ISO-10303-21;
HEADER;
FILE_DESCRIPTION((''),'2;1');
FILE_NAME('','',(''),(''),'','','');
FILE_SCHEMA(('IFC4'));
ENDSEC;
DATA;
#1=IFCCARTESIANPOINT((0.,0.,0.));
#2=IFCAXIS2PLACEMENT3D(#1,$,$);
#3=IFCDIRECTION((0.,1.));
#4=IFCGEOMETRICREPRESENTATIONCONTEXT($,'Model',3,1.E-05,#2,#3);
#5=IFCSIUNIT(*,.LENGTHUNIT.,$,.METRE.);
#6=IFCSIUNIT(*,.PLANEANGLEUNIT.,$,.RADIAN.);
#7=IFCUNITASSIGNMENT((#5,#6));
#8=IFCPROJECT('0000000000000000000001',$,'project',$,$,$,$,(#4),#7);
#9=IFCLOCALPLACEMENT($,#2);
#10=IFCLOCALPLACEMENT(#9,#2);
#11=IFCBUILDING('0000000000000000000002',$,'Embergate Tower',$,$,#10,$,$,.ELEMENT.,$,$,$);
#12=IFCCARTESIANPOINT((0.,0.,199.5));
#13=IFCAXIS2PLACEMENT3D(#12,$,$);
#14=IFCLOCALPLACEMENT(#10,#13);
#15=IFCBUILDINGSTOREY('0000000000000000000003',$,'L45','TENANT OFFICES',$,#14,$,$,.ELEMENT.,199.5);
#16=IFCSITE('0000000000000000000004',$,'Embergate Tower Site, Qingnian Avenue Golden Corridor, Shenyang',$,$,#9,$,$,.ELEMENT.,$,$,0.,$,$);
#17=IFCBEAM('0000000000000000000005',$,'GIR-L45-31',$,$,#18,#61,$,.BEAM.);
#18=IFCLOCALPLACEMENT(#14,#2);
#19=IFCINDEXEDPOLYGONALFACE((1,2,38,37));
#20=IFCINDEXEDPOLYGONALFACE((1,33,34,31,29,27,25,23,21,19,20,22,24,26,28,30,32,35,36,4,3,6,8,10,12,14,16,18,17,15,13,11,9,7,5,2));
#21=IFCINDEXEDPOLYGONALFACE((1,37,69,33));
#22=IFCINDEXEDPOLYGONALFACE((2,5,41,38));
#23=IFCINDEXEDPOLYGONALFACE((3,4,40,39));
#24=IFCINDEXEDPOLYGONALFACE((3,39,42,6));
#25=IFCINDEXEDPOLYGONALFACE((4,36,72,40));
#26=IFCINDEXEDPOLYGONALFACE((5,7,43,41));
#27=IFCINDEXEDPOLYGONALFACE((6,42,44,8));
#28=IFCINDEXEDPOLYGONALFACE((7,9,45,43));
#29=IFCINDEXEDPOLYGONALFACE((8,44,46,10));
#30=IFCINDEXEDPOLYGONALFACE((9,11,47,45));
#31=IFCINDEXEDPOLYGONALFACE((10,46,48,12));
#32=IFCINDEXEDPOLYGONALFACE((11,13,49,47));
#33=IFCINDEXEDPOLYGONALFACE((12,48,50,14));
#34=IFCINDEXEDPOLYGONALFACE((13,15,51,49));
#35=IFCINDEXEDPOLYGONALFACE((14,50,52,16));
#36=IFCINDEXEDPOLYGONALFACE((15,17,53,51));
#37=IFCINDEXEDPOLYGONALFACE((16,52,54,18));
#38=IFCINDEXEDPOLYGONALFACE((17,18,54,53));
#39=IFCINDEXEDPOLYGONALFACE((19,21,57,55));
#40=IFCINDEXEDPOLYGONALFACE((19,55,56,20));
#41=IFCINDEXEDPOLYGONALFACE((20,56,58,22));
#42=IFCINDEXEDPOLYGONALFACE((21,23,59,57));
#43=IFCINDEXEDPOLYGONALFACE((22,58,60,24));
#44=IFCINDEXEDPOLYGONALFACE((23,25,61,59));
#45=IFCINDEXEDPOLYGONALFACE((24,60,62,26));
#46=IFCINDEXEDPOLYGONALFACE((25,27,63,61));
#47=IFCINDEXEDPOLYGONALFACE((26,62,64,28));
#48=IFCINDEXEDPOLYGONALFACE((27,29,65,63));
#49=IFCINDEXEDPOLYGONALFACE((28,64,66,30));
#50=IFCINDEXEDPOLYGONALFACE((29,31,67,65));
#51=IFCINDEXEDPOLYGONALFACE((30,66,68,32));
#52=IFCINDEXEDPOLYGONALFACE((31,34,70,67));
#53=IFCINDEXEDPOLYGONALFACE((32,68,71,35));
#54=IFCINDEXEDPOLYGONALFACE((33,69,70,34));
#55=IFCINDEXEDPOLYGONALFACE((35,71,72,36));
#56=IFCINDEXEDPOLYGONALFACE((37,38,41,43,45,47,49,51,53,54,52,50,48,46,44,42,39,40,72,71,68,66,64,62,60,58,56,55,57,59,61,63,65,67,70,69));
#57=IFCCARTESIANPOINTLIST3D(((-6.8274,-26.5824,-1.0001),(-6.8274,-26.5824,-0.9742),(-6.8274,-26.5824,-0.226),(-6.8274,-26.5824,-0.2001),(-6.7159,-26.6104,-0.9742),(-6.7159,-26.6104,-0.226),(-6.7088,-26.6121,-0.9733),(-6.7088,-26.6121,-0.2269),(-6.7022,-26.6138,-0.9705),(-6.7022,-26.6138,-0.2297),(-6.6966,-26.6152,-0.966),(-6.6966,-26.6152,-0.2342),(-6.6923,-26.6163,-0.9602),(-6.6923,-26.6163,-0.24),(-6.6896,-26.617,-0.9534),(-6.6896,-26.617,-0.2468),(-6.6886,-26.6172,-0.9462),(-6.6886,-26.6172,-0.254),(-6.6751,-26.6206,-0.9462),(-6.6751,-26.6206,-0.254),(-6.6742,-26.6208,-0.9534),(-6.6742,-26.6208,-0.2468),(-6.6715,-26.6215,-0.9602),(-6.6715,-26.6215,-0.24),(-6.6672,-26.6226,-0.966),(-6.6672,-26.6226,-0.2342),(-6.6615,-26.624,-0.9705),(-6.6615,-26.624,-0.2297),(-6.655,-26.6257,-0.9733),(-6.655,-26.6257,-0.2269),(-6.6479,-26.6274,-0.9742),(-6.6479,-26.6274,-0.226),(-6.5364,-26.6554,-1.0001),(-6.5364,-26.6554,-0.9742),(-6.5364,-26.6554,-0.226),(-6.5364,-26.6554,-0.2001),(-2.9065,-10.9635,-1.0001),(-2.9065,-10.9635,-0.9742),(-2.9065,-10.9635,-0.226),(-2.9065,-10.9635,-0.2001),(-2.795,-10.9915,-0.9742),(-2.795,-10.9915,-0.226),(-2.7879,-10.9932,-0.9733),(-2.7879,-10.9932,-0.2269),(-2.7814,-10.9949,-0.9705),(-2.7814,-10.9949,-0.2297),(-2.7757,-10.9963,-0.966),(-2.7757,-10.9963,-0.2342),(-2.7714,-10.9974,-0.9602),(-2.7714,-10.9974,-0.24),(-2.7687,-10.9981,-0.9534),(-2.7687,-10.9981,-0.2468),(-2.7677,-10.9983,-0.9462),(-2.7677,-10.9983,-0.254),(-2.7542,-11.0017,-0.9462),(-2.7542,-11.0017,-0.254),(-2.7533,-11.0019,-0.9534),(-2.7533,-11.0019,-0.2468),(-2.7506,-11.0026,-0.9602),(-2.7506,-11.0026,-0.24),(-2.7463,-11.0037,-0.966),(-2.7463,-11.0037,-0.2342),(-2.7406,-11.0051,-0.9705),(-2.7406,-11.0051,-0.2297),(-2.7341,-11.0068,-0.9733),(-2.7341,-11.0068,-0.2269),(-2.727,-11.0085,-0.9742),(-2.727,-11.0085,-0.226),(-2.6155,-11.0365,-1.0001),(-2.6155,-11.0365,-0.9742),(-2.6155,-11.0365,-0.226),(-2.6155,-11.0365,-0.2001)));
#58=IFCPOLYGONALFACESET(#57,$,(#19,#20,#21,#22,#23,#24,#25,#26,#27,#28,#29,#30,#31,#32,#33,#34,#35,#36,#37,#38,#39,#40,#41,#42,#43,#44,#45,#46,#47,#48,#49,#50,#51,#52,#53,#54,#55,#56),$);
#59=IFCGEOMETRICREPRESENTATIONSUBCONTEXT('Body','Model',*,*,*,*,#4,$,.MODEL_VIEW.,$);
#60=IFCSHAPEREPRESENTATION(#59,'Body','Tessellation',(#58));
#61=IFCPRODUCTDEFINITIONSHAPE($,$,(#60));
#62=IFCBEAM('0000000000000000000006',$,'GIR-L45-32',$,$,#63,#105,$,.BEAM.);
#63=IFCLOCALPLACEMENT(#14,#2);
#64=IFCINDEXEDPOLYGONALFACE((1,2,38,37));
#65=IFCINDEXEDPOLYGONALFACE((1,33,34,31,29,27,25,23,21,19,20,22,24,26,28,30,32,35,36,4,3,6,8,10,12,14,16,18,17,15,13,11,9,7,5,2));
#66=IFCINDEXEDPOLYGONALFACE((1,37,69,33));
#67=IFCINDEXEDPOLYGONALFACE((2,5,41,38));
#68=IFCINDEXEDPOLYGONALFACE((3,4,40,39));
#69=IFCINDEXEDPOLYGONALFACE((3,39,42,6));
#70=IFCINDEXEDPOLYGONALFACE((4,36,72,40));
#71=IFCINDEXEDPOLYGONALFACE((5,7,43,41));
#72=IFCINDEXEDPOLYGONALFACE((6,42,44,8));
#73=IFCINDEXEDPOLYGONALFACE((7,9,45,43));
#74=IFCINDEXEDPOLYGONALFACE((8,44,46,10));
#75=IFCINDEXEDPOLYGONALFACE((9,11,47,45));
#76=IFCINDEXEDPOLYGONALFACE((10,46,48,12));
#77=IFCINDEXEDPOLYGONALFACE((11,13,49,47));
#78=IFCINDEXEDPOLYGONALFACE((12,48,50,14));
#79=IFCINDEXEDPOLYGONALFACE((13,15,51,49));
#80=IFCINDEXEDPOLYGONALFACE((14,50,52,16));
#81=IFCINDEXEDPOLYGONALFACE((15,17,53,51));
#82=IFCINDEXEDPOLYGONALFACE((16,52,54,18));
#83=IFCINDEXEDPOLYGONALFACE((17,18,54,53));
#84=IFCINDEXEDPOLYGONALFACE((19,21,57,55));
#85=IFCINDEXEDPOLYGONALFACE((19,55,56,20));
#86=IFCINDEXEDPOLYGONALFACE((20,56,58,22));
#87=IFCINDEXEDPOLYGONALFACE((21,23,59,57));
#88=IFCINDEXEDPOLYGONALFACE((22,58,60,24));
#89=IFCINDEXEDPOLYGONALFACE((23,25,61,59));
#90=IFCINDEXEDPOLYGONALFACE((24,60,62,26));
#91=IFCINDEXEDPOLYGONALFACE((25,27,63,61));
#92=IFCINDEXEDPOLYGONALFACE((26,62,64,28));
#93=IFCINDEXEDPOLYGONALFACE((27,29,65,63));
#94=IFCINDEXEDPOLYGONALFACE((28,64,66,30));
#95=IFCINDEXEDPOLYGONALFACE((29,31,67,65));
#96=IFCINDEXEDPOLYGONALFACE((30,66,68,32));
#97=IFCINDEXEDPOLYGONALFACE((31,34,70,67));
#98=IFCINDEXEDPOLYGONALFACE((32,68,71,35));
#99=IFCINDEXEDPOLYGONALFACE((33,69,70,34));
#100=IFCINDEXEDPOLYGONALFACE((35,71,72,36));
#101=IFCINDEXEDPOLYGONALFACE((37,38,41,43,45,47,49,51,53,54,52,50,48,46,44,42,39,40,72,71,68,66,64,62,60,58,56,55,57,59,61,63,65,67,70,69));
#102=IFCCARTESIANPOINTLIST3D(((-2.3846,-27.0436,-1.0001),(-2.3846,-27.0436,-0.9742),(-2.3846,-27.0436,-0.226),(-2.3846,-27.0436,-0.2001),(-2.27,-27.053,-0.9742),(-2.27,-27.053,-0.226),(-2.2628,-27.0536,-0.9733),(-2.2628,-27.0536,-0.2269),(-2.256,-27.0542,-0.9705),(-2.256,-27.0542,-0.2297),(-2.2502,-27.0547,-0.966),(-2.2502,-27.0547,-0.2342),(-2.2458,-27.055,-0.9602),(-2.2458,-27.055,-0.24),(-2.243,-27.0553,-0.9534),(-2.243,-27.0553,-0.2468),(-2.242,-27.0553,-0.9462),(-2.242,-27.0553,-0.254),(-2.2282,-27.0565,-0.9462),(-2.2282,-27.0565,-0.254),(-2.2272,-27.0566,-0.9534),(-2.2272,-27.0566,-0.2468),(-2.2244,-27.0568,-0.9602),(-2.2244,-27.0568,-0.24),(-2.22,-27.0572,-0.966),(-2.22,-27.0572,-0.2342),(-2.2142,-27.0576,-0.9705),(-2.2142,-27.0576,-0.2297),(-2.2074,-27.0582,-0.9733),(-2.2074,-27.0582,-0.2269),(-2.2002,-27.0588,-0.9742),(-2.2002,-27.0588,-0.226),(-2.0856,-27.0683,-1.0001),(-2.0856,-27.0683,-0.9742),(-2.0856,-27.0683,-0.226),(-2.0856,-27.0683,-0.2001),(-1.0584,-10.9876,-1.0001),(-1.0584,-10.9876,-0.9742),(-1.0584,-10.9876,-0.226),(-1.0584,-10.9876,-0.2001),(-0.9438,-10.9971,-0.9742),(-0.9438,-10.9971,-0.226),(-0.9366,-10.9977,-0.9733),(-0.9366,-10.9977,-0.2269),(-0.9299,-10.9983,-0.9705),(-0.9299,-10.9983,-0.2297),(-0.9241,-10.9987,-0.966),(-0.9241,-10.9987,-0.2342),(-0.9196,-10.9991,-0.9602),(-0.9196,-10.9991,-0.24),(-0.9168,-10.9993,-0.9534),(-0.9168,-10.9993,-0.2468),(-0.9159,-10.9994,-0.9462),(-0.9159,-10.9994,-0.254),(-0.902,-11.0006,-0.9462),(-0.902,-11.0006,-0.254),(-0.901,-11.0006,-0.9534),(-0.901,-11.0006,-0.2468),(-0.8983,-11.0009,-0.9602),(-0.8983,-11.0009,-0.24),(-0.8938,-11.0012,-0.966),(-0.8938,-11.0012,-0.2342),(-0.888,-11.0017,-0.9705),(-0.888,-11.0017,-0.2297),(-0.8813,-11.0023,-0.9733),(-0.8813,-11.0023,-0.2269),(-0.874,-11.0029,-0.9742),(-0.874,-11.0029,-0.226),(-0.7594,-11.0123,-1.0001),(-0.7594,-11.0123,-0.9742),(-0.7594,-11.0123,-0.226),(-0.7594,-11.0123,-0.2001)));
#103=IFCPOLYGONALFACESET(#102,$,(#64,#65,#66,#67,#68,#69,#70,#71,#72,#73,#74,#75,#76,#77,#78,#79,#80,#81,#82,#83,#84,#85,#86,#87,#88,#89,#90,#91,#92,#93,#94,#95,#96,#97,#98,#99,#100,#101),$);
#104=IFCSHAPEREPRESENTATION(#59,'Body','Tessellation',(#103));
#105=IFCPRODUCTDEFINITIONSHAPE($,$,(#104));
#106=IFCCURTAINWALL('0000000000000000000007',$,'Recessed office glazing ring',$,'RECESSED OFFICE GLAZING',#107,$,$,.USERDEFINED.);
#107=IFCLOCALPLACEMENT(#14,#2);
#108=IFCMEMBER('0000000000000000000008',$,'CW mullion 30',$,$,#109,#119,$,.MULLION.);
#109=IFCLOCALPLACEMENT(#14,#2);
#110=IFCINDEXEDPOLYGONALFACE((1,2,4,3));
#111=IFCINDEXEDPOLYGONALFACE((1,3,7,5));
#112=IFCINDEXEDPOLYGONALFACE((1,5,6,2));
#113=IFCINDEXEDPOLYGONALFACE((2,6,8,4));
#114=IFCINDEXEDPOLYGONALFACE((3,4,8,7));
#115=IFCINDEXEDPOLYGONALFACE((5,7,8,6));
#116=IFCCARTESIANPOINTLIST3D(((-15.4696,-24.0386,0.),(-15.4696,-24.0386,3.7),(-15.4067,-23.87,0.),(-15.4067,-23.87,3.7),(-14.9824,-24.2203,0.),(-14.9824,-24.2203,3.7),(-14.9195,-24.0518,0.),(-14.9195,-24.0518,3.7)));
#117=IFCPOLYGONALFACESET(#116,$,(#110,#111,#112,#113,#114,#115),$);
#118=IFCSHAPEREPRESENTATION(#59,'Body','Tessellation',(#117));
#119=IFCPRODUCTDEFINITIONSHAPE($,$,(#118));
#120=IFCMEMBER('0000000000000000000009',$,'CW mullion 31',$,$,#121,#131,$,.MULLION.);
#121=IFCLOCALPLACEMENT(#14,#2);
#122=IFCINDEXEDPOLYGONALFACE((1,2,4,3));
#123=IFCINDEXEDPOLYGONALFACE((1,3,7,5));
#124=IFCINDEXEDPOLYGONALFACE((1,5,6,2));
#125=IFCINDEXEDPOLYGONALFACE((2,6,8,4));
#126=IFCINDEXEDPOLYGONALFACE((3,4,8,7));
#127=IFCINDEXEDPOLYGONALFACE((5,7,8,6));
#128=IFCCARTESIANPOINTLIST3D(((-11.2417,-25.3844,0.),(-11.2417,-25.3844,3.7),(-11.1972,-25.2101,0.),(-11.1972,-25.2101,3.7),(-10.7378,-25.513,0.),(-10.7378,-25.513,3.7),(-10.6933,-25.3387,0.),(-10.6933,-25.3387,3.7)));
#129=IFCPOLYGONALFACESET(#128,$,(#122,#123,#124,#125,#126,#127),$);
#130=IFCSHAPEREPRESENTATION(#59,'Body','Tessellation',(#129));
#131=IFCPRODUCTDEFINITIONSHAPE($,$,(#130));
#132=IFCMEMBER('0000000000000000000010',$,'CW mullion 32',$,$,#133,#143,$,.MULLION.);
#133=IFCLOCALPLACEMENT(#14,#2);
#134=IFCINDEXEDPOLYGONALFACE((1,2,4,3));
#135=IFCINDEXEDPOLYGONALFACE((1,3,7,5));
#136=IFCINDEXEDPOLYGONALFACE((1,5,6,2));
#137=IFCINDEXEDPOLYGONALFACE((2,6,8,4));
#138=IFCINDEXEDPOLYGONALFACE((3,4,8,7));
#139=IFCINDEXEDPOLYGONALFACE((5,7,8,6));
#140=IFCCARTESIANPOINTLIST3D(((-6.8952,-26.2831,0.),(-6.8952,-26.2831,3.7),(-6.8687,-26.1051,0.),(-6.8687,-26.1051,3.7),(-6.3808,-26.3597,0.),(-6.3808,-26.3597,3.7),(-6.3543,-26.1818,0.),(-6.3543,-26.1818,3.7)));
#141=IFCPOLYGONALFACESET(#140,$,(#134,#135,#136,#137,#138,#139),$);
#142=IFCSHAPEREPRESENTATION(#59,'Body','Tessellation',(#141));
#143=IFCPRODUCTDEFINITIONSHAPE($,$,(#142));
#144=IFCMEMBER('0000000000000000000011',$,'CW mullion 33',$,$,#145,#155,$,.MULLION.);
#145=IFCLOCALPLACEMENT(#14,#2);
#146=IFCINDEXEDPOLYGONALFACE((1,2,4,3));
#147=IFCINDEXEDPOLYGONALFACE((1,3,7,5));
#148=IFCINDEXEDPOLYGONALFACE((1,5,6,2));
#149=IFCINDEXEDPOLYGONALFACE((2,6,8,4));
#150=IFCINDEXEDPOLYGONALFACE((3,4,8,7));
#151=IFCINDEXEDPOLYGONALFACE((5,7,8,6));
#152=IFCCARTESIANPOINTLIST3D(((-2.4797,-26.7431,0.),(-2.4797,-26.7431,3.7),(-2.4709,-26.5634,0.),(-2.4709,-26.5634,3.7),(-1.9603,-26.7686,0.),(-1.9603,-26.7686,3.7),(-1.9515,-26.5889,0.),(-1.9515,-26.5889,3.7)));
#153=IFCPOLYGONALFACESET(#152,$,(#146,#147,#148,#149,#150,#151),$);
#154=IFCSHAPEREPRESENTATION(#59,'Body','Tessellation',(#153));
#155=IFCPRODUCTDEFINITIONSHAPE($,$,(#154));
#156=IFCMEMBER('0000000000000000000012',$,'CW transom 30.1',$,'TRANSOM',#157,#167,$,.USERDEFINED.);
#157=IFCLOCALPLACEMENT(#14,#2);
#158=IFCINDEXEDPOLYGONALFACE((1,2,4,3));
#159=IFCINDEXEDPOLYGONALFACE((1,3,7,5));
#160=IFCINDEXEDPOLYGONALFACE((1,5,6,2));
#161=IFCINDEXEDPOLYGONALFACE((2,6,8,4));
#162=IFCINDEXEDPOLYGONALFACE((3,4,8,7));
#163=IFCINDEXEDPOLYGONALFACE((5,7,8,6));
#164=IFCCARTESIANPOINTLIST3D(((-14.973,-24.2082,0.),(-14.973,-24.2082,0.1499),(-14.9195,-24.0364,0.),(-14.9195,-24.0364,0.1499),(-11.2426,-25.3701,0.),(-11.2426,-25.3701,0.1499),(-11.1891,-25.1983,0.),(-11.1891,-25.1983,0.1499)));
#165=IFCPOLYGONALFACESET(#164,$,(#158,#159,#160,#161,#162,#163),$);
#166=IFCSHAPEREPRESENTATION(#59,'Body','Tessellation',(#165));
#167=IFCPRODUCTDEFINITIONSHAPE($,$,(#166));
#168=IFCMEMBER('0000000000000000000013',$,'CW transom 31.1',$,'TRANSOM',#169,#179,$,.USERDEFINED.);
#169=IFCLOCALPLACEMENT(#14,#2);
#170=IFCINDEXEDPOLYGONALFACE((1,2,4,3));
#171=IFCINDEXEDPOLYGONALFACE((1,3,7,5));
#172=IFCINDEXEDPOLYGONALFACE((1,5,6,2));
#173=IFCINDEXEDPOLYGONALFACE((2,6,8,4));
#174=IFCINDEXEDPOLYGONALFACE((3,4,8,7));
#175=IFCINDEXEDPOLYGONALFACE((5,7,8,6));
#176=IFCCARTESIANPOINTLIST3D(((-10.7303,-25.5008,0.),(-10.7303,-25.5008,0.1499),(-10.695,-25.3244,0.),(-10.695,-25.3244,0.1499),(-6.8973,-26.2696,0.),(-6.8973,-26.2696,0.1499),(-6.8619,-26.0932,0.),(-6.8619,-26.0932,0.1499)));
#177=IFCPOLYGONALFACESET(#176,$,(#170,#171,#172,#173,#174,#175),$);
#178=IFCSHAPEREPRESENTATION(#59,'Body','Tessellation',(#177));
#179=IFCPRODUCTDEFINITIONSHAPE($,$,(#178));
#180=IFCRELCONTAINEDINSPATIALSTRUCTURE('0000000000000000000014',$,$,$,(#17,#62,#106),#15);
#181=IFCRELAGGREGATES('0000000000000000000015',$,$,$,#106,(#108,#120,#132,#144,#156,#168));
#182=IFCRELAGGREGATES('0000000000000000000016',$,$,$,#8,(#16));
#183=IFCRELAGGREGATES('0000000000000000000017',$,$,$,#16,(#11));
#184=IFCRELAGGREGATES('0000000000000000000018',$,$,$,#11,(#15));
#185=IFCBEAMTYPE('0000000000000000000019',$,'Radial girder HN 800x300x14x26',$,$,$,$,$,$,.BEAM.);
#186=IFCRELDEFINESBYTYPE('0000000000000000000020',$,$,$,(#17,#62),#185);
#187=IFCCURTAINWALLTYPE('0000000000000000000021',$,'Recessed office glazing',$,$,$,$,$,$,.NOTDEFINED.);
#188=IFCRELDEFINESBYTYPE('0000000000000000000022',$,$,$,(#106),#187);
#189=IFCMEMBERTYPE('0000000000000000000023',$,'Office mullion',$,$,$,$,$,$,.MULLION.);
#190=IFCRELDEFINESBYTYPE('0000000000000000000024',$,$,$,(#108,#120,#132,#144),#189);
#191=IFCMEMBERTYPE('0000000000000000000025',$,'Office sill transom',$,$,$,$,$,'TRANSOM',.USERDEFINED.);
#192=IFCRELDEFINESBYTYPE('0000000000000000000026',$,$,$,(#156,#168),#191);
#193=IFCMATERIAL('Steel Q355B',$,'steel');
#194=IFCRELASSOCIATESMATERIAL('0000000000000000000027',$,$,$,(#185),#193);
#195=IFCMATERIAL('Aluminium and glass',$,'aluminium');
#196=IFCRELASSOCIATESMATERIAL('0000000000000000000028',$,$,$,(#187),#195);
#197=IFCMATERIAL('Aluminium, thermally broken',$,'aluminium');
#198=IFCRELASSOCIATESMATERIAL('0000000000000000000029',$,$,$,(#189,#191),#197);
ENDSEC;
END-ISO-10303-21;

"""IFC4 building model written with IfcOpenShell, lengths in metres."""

from ifc_helpers import new_model, si_unit, direction, frame, origin, origin_2d, place, context, subcontext, project, spatial, rectangle, i_section, extrude, source, transform, mapped, material, material_profile, profile_set, type_object, element, aggregate, save


model = new_model("IFC4")

# Units and contexts
model_context = context("Model", 3, precision=1e-05, world=origin(), true_north=direction((0.0, 1.0)))
body_context = subcontext(model_context, "Body", "Model", "MODEL_VIEW")
ifc_project = project(units=[si_unit("LENGTHUNIT", "METRE"), si_unit("PLANEANGLEUNIT", "RADIAN")], contexts=[model_context])

# Site, building, storey
site_placement = place(None, origin())
site = spatial("IfcSite", under=ifc_project, at=site_placement, Name="Embergate Tower Site, Qingnian Avenue Golden Corridor, Shenyang", CompositionType="ELEMENT", RefElevation=0.0)
building_placement = place(site_placement, origin())
building = spatial("IfcBuilding", under=site, at=building_placement, Name="Embergate Tower", CompositionType="ELEMENT")
storey_placement = place(building_placement, frame((0.0, 0.0, 199.5)))
storey = spatial("IfcBuildingStorey", under=building, at=storey_placement, Name="L45", Description="TENANT OFFICES", CompositionType="ELEMENT", Elevation=199.5)

# Beams
ifc_material_1 = material(Name="Steel Q355B", Category="steel")
ifc_material_profile_1 = material_profile(ifc_material_1, i_section(OverallWidth=0.3, OverallDepth=0.8, WebThickness=0.0139, FlangeThickness=0.0259, FilletRadius=0.0281, at=origin_2d()), Name="HN 800x300x14x26")
ifc_profile_set_1 = profile_set([ifc_material_profile_1], Name="Steel Q355 grade B")
beam_type_1 = type_object("IfcBeamType", Name="Radial girder HN 800x300x14x26", PredefinedType="BEAM", material=ifc_profile_set_1)
shared_shape_1 = source(origin(), body_context, "Body", "SweptSolid", [
    extrude(i_section(OverallWidth=0.3, OverallDepth=0.8, WebThickness=0.0139, FlangeThickness=0.0259, FilletRadius=0.0281, at=origin_2d()), origin(), (0.0, 0.0, 1.0), 16.1035),
])
beam_1_placement = place(storey_placement, frame((-6.6819, -26.6189, -0.6001), z_axis=(0.243481, 0.969906, 0.0), x_axis=(-0.969906, 0.243481, 0.0)))
element("IfcBeam", 1, at=beam_1_placement, inside=storey, type_object=beam_type_1, Name="GIR-L45-31", PredefinedType="BEAM", context=body_context, shape_type="MappedRepresentation", body=[
    mapped(shared_shape_1, transform((0.0, 0.0, 0.0))),
])
shared_shape_2 = source(origin(), body_context, "Body", "SweptSolid", [
    extrude(i_section(OverallWidth=0.3, OverallDepth=0.8, WebThickness=0.0139, FlangeThickness=0.0259, FilletRadius=0.0281, at=origin_2d()), origin(), (0.0, 0.0, 1.0), 16.1106),
])
beam_2_placement = place(storey_placement, frame((-2.2351, -27.0559, -0.6001), z_axis=(0.082317, 0.996606, 0.0), x_axis=(-0.996606, 0.082317, 0.0)))
element("IfcBeam", 2, at=beam_2_placement, inside=storey, type_object=beam_type_1, Name="GIR-L45-32", PredefinedType="BEAM", context=body_context, shape_type="MappedRepresentation", body=[
    mapped(shared_shape_2, transform((0.0, 0.0, 0.0))),
])

# Curtain wall, members
ifc_material_2 = material(Name="Aluminium and glass", Category="aluminium")
curtain_wall_type = type_object("IfcCurtainWallType", Name="Recessed office glazing", PredefinedType="NOTDEFINED", material=ifc_material_2)
curtain_wall_placement = place(storey_placement, origin())
curtain_wall = element("IfcCurtainWall", 3, at=curtain_wall_placement, inside=storey, type_object=curtain_wall_type, Name="Recessed office glazing ring", ObjectType="RECESSED OFFICE GLAZING", PredefinedType="USERDEFINED")
ifc_material_3 = material(Name="Aluminium, thermally broken", Category="aluminium")
ifc_material_profile_2 = material_profile(ifc_material_3, rectangle(XDim=0.1799, YDim=0.52, at=origin_2d()), Name="AL 520x180")
ifc_profile_set_2 = profile_set([ifc_material_profile_2], Name="Aluminium, thermally broken")
member_type_1 = type_object("IfcMemberType", Name="Office mullion", PredefinedType="MULLION", material=ifc_profile_set_2)
shared_shape_3 = source(origin(), body_context, "Body", "SweptSolid", [
    extrude(rectangle(XDim=0.1799, YDim=0.52, at=origin_2d()), origin(), (0.0, 0.0, 1.0), 3.7),
])
member_1_placement = place(storey_placement, frame((-15.1946, -24.0452, 0.0), z_axis=(0.0, 0.0, 1.0), x_axis=(0.349511, 0.936932, 0.0)))
member_1 = element("IfcMember", 4, at=member_1_placement, type_object=member_type_1, Name="CW mullion 30", PredefinedType="MULLION", context=body_context, shape_type="MappedRepresentation", body=[
    mapped(shared_shape_3, transform((0.0, 0.0, 0.0))),
])
member_2_placement = place(storey_placement, frame((-10.9675, -25.3616, 0.0), z_axis=(0.0, 0.0, 1.0), x_axis=(0.247319, 0.968934, 0.0)))
member_2 = element("IfcMember", 5, at=member_2_placement, type_object=member_type_1, Name="CW mullion 31", PredefinedType="MULLION", context=body_context, shape_type="MappedRepresentation", body=[
    mapped(shared_shape_3, transform((0.0, 0.0, 0.0))),
])
member_3_placement = place(storey_placement, frame((-6.6248, -26.2324, 0.0), z_axis=(0.0, 0.0, 1.0), x_axis=(0.147416, 0.989075, 0.0)))
member_3 = element("IfcMember", 6, at=member_3_placement, type_object=member_type_1, Name="CW mullion 32", PredefinedType="MULLION", context=body_context, shape_type="MappedRepresentation", body=[
    mapped(shared_shape_3, transform((0.0, 0.0, 0.0))),
])
member_4_placement = place(storey_placement, frame((-2.2156, -26.666, 0.0), z_axis=(0.0, 0.0, 1.0), x_axis=(0.048972, 0.9988, 0.0)))
member_4 = element("IfcMember", 7, at=member_4_placement, type_object=member_type_1, Name="CW mullion 33", PredefinedType="MULLION", context=body_context, shape_type="MappedRepresentation", body=[
    mapped(shared_shape_3, transform((0.0, 0.0, 0.0))),
])
ifc_material_profile_3 = material_profile(ifc_material_3, rectangle(XDim=0.1799, YDim=0.1499, at=origin_2d()), Name="AL 150x180")
ifc_profile_set_3 = profile_set([ifc_material_profile_3], Name="Aluminium, thermally broken")
member_type_2 = type_object("IfcMemberType", Name="Office sill transom", ElementType="TRANSOM", PredefinedType="USERDEFINED", material=ifc_profile_set_3)
shared_shape_4 = source(origin(), body_context, "Body", "SweptSolid", [
    extrude(rectangle(XDim=0.1799, YDim=0.1499, at=origin_2d()), origin(), (0.0, 0.0, 1.0), 3.9072),
])
member_5_placement = place(storey_placement, frame((-14.9463, -24.1223, 0.075), z_axis=(0.954764, -0.297364, 0.0), x_axis=(0.297364, 0.954764, 0.0)))
member_5 = element("IfcMember", 8, at=member_5_placement, type_object=member_type_2, Name="CW transom 30.1", ObjectType="TRANSOM", PredefinedType="USERDEFINED", context=body_context, shape_type="MappedRepresentation", body=[
    mapped(shared_shape_4, transform((0.0, 0.0, 0.0))),
])
shared_shape_5 = source(origin(), body_context, "Body", "SweptSolid", [
    extrude(rectangle(XDim=0.1799, YDim=0.1499, at=origin_2d()), origin(), (0.0, 0.0, 1.0), 3.9094),
])
member_6_placement = place(storey_placement, frame((-10.7126, -25.4126, 0.075), z_axis=(0.980472, -0.196657, 0.0), x_axis=(0.196657, 0.980472, 0.0)))
member_6 = element("IfcMember", 9, at=member_6_placement, type_object=member_type_2, Name="CW transom 31.1", ObjectType="TRANSOM", PredefinedType="USERDEFINED", context=body_context, shape_type="MappedRepresentation", body=[
    mapped(shared_shape_5, transform((0.0, 0.0, 0.0))),
])

aggregate(curtain_wall, [member_1, member_2, member_3, member_4, member_5, member_6])

save(model, "model.ifc")
